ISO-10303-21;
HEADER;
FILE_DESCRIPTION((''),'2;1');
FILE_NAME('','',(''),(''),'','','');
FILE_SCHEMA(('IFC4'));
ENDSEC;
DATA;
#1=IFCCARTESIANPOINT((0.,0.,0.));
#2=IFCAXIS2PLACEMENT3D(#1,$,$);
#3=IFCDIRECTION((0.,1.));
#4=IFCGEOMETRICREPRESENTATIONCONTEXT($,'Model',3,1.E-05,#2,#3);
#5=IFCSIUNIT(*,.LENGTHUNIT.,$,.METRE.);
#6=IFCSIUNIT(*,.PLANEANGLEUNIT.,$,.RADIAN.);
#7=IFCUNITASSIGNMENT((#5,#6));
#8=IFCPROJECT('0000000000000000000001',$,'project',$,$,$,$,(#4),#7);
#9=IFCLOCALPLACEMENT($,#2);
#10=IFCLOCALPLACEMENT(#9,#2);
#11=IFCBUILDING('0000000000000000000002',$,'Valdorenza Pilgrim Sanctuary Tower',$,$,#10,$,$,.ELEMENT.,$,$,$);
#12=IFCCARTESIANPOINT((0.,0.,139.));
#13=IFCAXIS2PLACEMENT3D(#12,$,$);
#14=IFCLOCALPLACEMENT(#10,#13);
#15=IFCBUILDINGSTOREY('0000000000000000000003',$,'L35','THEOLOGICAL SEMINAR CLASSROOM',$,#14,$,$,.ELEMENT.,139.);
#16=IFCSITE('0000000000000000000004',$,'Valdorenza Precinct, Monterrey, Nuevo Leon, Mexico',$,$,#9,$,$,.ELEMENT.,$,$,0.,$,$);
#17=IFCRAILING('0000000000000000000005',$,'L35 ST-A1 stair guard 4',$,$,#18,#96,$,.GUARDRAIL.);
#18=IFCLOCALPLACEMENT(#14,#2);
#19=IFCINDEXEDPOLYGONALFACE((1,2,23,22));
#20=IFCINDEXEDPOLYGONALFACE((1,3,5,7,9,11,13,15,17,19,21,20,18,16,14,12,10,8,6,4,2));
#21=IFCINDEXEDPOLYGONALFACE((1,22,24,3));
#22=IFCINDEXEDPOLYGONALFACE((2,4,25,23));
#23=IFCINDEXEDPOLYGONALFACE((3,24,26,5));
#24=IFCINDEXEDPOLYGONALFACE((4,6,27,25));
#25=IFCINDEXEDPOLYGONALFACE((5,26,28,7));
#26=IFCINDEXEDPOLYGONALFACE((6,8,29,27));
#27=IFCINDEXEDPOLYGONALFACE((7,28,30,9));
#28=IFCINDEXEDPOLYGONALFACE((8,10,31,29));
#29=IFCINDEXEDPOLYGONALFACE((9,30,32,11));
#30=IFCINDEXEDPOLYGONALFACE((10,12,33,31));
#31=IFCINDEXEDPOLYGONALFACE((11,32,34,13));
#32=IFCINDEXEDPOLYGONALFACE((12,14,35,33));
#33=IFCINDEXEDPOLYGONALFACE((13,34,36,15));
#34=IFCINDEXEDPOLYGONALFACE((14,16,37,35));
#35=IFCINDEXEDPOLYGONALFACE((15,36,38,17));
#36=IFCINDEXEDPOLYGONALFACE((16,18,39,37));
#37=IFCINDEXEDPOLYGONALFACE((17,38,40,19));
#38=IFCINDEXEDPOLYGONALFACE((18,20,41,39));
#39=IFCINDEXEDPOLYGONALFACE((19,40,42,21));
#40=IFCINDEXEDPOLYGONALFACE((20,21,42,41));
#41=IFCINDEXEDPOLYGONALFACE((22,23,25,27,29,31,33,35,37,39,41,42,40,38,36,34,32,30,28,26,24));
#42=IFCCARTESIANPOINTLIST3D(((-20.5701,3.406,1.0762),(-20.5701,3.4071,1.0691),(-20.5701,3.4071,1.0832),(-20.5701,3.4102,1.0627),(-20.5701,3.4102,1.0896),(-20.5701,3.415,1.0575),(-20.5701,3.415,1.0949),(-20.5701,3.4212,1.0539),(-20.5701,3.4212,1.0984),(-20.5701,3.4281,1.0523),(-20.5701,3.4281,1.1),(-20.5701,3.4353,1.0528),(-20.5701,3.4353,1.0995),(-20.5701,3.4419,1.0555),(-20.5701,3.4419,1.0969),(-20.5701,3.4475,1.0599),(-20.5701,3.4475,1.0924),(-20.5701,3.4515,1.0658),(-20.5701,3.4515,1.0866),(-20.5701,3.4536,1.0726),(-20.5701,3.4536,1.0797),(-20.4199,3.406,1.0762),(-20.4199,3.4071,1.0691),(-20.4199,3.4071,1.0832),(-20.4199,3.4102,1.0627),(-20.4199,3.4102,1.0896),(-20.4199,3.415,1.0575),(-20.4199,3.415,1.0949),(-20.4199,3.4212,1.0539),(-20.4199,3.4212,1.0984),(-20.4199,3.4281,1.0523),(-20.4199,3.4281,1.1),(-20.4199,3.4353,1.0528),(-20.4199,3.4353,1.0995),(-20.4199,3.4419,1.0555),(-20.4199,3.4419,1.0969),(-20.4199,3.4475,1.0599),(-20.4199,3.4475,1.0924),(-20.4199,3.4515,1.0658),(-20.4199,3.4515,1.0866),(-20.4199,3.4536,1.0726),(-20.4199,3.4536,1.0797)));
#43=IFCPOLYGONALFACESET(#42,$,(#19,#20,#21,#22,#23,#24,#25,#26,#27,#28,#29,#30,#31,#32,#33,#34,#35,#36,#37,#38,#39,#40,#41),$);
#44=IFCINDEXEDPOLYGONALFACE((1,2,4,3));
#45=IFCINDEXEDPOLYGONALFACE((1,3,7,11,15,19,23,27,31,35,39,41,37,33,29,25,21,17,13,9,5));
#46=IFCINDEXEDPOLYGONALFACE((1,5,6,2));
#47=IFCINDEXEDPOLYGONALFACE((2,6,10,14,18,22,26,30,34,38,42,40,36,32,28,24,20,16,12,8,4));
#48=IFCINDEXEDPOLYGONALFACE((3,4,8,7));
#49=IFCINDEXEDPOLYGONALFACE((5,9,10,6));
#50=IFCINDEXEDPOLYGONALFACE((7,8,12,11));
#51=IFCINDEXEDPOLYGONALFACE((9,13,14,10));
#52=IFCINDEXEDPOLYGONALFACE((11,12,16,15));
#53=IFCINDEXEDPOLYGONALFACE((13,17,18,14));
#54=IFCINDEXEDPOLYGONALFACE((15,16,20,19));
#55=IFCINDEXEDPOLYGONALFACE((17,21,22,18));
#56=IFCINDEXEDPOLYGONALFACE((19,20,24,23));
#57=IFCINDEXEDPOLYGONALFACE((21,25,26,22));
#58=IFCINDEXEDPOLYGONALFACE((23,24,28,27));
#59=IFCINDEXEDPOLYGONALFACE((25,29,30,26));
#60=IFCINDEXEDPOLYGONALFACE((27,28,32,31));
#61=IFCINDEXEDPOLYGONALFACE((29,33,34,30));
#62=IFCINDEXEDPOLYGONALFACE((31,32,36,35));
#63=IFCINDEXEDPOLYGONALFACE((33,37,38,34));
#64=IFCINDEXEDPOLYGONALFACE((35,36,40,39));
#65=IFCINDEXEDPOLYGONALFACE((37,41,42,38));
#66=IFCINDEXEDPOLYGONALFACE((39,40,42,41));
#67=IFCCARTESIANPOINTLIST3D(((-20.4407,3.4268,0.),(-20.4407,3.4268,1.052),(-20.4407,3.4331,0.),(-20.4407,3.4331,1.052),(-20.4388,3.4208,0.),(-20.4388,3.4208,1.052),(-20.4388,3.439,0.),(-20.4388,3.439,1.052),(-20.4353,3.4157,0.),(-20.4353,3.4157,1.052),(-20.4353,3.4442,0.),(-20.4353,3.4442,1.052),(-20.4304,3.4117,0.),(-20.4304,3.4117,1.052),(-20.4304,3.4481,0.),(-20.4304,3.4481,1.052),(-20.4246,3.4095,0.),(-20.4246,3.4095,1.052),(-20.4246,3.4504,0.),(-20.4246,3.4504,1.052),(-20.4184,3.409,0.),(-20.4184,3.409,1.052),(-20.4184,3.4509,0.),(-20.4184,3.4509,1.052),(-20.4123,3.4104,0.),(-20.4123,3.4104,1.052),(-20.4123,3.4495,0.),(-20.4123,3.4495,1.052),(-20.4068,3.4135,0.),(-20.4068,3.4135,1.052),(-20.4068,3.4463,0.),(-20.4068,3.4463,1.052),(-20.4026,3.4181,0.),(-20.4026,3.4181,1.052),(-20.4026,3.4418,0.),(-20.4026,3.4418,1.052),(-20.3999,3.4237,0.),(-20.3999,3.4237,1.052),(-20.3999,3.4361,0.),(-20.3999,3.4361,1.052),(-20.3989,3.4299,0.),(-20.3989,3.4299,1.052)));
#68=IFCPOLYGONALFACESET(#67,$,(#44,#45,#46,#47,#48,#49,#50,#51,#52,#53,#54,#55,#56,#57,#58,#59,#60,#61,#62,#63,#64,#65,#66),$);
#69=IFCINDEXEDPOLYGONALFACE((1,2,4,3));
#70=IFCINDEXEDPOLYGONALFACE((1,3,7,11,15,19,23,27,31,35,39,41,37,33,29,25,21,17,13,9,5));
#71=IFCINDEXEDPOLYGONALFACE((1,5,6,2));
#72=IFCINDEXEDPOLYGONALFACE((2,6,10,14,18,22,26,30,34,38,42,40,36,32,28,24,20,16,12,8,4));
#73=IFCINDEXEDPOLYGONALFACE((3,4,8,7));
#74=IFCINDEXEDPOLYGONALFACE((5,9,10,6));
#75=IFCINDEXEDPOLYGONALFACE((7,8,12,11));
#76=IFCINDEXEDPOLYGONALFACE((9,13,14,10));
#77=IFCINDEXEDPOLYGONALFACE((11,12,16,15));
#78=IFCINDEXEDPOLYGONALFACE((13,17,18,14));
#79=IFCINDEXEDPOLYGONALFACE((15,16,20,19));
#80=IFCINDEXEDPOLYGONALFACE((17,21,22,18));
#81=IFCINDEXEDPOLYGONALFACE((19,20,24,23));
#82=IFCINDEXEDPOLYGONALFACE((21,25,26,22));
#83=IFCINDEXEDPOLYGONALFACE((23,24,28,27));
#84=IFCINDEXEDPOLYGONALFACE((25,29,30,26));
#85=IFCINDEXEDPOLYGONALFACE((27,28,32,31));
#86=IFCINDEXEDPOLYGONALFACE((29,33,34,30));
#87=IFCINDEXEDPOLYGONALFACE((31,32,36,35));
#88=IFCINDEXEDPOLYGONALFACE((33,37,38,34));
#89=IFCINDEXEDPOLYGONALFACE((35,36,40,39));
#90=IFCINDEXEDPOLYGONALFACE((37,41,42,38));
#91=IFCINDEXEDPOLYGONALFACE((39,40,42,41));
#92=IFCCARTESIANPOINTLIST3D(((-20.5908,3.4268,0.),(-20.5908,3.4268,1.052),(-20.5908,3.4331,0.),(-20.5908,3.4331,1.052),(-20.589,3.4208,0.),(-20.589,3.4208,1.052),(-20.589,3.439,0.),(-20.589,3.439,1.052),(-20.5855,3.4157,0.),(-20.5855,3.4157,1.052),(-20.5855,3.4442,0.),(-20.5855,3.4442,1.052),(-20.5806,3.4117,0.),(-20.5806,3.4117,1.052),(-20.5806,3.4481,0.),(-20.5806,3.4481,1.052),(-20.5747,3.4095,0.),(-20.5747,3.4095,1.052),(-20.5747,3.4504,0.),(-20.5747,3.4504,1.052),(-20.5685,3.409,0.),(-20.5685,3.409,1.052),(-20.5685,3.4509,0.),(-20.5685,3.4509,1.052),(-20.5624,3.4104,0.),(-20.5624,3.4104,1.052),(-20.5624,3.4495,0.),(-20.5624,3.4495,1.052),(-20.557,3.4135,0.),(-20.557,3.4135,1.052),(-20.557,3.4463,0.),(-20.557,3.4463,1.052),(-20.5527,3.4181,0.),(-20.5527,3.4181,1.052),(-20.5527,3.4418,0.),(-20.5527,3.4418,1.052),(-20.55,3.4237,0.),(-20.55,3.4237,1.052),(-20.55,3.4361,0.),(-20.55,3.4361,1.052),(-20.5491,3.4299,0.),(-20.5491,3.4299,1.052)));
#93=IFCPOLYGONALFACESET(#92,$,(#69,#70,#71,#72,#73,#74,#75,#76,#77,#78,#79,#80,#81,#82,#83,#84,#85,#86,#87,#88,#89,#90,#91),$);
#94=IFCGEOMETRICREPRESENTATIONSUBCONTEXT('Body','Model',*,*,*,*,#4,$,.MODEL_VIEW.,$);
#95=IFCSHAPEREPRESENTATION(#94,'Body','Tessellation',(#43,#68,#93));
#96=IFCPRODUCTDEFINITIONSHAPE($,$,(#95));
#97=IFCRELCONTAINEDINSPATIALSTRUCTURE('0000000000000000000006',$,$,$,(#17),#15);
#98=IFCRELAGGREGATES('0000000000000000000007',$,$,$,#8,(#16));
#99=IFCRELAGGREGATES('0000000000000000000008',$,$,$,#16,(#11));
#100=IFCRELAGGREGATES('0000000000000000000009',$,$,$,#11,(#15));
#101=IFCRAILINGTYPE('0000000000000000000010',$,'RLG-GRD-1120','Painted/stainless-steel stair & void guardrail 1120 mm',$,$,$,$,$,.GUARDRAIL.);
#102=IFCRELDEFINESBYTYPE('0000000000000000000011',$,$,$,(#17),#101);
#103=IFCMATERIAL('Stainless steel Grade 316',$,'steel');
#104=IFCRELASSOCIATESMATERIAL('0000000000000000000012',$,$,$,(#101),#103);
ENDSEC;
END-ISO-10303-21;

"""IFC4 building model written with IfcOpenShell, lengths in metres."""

from ifc_helpers import new_model, si_unit, direction, frame, origin, origin_2d, place, context, subcontext, project, spatial, circle, extrude, material, type_object, element, save


model = new_model("IFC4")

# Units and contexts
model_context = context("Model", 3, precision=1e-05, world=origin(), true_north=direction((0.0, 1.0)))
body_context = subcontext(model_context, "Body", "Model", "MODEL_VIEW")
ifc_project = project(units=[si_unit("LENGTHUNIT", "METRE"), si_unit("PLANEANGLEUNIT", "RADIAN")], contexts=[model_context])

# Site, building, storey
site_placement = place(None, origin())
site = spatial("IfcSite", under=ifc_project, at=site_placement, Name="Valdorenza Precinct, Monterrey, Nuevo Leon, Mexico", CompositionType="ELEMENT", RefElevation=0.0)
building_placement = place(site_placement, origin())
building = spatial("IfcBuilding", under=site, at=building_placement, Name="Valdorenza Pilgrim Sanctuary Tower", CompositionType="ELEMENT")
storey_placement = place(building_placement, frame((0.0, 0.0, 139.0)))
storey = spatial("IfcBuildingStorey", under=building, at=storey_placement, Name="L35", Description="THEOLOGICAL SEMINAR CLASSROOM", CompositionType="ELEMENT", Elevation=139.0)

# Railing
ifc_material_1 = material(Name="Stainless steel Grade 316", Category="steel")
railing_type_1 = type_object("IfcRailingType", Name="RLG-GRD-1120", Description="Painted/stainless-steel stair & void guardrail 1120 mm", PredefinedType="GUARDRAIL", material=ifc_material_1)
railing_1_placement = place(storey_placement, frame((-20.4199, 3.4299, 0.0)))
element("IfcRailing", 1, at=railing_1_placement, inside=storey, type_object=railing_type_1, Name="L35 ST-A1 stair guard 4", PredefinedType="GUARDRAIL", context=body_context, shape_type="SweptSolid", body=[
    extrude(circle(Radius=0.0239, at=origin_2d()), frame((0.0, 0.0, 1.0762), z_axis=(-1.0, 0.0, 0.0), x_axis=(0.0, -1.0, 0.0)), (0.0, 0.0, 1.0), 0.1501),
    extrude(circle(Radius=0.021, at=origin_2d()), origin(), (0.0, 0.0, 1.0), 1.052),
    extrude(circle(Radius=0.021, at=origin_2d()), frame((-0.1501, 0.0, 0.0)), (0.0, 0.0, 1.0), 1.052),
])

save(model, "model.ifc")
